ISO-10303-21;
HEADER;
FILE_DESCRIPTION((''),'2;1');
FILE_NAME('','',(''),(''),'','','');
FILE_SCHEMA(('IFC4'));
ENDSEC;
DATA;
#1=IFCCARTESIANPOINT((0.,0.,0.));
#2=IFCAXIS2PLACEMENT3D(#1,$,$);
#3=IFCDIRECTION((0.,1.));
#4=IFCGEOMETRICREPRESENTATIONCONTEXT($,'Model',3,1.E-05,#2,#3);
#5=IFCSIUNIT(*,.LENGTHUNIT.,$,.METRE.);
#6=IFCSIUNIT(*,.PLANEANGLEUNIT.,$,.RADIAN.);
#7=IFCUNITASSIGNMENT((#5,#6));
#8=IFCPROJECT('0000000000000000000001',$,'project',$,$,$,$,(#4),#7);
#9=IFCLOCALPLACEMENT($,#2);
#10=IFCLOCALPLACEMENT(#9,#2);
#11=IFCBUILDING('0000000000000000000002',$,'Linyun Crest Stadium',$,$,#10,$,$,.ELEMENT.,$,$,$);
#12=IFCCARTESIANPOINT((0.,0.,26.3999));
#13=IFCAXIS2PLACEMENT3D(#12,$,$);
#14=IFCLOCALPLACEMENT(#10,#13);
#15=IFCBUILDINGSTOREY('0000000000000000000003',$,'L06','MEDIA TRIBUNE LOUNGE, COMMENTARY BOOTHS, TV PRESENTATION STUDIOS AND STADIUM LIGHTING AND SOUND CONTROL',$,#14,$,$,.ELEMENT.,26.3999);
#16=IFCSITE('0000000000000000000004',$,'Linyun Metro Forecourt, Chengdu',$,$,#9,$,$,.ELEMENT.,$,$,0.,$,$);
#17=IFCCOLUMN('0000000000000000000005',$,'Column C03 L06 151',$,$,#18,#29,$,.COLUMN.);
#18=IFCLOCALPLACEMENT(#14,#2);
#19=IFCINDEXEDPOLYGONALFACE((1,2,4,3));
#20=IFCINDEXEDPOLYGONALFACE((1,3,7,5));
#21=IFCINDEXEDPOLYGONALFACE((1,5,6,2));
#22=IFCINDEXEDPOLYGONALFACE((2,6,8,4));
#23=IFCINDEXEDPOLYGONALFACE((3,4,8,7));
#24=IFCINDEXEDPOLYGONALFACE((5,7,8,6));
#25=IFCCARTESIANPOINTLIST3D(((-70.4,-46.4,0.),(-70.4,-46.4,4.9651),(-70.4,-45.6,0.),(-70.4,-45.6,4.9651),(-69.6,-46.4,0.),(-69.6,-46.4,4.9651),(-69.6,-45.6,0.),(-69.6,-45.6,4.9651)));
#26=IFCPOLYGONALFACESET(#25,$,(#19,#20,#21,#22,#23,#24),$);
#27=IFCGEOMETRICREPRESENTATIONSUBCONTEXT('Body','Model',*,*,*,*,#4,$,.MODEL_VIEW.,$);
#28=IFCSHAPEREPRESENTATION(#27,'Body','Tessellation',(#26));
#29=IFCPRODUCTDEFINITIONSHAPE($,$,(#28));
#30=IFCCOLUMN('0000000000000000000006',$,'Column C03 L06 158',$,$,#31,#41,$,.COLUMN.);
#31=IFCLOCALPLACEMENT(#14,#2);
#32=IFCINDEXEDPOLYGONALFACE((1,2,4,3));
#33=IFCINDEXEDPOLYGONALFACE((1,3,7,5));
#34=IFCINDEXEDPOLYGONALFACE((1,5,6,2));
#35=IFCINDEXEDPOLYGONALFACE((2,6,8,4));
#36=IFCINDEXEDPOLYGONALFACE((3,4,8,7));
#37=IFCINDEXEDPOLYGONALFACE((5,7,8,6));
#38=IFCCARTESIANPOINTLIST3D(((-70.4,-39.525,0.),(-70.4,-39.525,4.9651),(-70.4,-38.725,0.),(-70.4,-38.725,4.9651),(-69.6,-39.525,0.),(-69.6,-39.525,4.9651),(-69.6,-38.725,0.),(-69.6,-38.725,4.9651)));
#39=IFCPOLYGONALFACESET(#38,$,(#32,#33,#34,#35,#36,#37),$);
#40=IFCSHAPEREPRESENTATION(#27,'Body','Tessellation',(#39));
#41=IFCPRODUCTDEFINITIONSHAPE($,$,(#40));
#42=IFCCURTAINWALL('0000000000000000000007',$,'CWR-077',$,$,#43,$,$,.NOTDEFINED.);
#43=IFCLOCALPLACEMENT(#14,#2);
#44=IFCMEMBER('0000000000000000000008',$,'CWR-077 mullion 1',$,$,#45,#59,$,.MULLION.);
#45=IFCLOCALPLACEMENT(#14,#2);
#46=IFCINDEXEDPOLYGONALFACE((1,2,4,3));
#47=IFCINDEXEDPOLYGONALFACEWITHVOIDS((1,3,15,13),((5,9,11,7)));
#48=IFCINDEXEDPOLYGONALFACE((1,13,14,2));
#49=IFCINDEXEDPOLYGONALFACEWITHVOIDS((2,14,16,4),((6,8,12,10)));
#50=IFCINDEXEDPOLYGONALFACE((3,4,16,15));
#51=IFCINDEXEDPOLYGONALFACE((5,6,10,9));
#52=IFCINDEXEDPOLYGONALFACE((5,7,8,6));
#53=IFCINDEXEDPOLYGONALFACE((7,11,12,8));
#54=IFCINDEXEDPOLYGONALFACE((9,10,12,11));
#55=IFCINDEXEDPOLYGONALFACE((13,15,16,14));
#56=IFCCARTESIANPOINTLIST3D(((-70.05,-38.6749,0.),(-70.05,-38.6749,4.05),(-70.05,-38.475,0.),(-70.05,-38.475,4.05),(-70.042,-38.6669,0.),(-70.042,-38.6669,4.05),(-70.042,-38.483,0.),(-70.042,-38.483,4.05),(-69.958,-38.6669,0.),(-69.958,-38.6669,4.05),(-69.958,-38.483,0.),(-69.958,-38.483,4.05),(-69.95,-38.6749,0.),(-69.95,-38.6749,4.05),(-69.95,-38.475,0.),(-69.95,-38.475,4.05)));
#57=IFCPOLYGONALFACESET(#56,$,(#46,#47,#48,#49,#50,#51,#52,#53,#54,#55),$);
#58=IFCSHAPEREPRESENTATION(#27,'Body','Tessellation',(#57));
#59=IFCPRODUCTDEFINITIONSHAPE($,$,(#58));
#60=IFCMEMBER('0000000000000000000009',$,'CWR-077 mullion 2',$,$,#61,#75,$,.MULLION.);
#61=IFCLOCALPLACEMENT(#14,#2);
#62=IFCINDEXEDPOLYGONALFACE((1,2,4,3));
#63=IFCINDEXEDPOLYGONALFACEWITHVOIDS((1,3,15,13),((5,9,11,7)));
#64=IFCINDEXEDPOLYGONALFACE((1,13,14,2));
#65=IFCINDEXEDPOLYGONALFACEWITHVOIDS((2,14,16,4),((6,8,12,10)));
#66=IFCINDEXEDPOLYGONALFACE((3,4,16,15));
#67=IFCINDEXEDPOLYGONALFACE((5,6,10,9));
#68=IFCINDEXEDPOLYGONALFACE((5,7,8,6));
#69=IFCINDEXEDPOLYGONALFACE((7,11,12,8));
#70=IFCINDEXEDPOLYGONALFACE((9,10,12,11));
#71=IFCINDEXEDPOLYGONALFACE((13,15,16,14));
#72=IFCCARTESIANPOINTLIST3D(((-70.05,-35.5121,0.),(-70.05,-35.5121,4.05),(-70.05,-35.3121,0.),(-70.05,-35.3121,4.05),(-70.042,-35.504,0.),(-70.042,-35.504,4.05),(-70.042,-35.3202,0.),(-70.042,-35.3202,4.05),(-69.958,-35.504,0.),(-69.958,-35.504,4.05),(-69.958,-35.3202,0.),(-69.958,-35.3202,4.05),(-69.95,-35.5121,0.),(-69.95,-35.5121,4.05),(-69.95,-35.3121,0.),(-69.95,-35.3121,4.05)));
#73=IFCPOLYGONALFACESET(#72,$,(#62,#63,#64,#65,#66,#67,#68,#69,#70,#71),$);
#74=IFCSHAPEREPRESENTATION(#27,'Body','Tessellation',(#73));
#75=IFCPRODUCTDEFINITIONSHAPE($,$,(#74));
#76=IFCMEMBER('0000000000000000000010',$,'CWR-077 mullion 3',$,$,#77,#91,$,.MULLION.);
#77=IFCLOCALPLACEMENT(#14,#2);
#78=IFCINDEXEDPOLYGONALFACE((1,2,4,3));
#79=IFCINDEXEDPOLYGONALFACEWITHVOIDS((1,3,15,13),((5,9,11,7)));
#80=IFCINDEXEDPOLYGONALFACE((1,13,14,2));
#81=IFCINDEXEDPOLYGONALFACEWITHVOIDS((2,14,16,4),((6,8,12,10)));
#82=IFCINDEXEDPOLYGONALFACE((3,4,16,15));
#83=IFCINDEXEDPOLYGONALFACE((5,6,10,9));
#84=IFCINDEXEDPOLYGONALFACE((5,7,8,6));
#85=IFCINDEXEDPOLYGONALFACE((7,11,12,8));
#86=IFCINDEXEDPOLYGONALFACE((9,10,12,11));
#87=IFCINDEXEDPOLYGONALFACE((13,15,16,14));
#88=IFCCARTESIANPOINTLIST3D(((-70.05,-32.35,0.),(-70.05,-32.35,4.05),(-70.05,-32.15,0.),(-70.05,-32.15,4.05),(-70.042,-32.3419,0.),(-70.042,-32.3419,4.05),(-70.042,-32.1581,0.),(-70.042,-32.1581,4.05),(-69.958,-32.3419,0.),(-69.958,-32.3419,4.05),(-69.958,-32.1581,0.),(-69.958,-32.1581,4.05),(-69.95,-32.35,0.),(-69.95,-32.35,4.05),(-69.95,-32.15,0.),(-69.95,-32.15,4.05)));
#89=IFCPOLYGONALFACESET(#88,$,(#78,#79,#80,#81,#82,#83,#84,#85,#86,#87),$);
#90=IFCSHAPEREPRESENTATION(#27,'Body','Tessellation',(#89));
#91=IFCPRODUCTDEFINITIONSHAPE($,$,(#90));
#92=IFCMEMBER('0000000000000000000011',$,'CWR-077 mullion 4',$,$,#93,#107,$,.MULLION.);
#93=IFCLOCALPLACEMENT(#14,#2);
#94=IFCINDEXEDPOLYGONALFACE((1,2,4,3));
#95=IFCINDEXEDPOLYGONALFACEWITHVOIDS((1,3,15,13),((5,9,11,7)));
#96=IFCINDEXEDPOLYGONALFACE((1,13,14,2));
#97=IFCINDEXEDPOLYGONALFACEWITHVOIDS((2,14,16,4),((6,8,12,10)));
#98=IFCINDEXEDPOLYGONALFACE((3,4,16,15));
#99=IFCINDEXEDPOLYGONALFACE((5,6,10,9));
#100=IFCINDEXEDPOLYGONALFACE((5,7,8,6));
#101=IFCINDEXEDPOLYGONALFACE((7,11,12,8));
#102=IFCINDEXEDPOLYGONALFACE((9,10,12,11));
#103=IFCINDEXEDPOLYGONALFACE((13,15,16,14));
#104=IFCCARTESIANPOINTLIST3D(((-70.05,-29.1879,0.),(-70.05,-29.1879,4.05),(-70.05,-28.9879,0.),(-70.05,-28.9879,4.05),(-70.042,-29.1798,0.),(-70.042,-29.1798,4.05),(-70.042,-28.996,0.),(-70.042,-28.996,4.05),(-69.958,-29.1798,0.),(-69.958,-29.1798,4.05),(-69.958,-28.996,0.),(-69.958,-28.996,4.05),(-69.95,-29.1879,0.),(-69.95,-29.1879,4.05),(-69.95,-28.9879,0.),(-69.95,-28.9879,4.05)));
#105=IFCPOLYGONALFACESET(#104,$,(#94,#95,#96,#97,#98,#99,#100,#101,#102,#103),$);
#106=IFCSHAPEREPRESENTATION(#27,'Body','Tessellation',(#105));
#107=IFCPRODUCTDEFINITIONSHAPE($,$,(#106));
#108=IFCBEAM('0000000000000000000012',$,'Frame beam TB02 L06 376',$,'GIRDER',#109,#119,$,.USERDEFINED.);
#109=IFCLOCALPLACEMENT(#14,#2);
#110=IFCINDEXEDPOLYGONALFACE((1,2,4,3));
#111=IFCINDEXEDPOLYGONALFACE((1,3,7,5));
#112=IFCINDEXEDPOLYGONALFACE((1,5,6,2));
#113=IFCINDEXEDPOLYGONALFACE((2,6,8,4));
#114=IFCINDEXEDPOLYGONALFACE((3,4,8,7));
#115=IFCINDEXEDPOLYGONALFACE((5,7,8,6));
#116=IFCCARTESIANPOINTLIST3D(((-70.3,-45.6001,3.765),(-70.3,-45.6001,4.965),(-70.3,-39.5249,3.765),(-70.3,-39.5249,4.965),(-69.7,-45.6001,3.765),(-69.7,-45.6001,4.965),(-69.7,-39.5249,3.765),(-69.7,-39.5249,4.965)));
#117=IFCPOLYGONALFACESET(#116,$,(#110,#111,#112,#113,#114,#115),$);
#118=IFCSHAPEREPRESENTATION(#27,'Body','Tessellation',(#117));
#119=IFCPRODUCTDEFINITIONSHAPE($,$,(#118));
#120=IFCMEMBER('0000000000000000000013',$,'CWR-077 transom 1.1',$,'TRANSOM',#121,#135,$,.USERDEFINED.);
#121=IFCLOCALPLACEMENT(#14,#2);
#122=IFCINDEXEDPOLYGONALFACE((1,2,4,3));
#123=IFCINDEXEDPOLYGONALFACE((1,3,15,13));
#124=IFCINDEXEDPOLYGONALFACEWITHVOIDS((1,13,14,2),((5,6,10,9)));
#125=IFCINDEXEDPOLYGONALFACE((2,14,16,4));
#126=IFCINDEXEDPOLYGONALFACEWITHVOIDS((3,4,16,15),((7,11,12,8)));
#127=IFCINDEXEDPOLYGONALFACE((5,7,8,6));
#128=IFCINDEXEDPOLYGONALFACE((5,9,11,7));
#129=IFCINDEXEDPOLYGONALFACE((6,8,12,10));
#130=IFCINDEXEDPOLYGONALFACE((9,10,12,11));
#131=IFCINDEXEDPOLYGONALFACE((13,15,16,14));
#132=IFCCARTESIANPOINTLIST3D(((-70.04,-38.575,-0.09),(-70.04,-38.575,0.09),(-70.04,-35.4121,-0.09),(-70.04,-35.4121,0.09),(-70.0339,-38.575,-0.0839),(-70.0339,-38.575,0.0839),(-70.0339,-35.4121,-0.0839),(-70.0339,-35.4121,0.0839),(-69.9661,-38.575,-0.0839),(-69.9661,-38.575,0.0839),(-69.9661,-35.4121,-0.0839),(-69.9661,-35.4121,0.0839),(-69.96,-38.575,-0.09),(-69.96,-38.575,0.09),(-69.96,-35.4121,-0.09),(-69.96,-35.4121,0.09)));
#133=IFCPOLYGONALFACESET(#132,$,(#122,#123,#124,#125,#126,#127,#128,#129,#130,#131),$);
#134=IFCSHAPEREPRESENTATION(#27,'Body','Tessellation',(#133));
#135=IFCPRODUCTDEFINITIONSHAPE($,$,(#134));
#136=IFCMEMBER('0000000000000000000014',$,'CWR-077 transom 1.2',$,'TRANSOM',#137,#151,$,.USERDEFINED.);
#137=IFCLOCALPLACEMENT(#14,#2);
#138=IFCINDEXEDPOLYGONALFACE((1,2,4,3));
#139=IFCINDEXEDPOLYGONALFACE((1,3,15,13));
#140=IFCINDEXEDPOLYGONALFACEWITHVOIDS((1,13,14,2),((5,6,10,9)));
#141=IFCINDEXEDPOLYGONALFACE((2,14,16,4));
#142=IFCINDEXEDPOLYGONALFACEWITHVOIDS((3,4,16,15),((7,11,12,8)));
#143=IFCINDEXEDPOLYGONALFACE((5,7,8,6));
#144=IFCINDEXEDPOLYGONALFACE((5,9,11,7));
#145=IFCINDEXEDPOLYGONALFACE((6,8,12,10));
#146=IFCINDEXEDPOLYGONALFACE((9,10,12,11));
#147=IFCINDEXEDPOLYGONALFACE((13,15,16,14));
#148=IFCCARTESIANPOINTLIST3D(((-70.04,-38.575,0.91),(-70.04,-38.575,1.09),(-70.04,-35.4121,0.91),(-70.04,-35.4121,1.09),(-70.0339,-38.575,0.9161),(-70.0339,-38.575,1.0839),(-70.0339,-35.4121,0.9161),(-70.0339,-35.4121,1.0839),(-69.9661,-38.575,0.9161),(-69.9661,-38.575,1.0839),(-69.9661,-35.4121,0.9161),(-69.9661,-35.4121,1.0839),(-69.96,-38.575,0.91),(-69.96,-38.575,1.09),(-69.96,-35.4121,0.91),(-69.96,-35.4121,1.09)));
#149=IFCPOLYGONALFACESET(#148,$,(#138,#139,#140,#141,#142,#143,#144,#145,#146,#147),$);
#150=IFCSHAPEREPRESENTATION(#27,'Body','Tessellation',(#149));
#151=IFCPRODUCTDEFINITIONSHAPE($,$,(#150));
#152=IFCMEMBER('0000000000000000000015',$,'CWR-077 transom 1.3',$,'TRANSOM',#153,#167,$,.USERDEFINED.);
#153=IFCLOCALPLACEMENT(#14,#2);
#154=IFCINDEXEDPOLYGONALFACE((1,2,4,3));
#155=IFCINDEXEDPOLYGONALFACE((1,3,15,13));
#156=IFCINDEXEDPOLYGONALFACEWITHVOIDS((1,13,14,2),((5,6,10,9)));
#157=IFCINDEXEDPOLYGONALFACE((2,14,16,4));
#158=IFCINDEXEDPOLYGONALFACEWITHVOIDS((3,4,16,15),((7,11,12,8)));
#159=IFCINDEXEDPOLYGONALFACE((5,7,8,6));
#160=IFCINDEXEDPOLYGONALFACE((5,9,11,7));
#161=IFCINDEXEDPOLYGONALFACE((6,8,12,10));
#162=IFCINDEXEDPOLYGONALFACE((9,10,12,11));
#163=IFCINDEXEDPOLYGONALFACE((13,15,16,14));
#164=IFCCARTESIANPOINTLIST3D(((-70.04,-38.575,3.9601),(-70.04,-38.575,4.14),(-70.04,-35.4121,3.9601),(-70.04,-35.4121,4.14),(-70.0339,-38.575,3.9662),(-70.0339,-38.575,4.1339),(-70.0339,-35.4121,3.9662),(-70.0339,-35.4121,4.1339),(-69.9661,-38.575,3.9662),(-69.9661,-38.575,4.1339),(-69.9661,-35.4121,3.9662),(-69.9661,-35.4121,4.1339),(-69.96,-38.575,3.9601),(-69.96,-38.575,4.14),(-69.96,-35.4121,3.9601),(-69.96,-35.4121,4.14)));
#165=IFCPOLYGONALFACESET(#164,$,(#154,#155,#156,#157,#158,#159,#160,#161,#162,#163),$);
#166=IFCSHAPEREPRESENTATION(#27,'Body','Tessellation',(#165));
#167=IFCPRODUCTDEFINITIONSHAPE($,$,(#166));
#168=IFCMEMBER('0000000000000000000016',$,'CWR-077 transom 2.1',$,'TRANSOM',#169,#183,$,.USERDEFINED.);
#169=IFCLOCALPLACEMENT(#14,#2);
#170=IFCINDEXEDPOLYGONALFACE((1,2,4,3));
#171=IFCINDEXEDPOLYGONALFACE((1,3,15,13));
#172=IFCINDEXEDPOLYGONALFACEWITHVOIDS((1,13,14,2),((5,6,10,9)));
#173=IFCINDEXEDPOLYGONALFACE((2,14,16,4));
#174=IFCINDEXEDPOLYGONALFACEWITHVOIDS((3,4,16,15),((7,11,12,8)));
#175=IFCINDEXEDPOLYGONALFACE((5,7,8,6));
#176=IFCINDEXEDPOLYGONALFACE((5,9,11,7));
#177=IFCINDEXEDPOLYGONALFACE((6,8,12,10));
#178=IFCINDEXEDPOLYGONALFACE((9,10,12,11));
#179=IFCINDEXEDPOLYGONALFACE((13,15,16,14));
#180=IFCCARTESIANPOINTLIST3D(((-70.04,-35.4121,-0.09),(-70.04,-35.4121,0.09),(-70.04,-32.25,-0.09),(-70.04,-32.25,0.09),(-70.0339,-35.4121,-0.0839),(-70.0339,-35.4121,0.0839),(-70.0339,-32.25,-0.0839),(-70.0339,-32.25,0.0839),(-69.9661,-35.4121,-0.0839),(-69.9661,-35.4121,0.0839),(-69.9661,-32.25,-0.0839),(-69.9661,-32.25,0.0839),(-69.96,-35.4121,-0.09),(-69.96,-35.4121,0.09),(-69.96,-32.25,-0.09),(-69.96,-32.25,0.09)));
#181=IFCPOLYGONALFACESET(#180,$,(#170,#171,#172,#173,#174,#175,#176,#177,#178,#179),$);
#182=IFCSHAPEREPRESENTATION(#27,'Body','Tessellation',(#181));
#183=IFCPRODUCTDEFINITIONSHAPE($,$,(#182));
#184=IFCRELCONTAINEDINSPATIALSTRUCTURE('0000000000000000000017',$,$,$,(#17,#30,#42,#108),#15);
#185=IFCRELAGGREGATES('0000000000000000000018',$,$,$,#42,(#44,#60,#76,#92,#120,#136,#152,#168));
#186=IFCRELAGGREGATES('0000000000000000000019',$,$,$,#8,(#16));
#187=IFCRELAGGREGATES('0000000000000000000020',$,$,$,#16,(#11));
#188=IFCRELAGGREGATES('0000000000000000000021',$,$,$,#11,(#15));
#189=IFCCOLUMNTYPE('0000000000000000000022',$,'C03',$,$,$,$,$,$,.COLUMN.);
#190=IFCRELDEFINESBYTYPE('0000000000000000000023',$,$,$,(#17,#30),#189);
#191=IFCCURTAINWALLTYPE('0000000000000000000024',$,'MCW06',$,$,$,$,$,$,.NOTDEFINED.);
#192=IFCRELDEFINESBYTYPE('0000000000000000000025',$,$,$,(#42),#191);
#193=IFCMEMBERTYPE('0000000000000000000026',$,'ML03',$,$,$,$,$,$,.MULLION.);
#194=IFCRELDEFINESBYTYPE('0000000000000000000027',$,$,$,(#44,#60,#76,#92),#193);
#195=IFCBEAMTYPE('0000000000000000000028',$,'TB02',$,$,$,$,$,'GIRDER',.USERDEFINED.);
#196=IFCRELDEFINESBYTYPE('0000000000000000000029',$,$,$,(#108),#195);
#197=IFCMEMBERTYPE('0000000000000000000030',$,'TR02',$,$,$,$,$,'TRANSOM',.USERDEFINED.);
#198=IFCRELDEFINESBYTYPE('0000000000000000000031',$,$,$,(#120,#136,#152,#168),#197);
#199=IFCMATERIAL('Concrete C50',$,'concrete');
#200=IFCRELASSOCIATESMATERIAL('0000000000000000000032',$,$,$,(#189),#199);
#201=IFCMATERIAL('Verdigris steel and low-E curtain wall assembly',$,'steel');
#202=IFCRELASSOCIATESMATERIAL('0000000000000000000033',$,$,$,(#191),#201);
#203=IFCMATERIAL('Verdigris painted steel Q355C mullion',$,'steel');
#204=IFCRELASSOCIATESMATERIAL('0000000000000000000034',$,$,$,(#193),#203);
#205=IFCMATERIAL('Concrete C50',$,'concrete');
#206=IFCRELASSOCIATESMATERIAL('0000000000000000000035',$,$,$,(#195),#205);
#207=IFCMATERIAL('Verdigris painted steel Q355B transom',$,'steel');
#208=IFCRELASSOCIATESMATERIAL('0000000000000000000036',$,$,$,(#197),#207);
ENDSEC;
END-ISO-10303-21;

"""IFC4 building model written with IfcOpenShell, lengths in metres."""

from ifc_helpers import new_model, si_unit, direction, frame, origin, origin_2d, place, context, subcontext, project, spatial, rectangle, hollow_rectangle, extrude, material, material_profile, profile_set, type_object, element, aggregate, save


model = new_model("IFC4")

# Units and contexts
model_context = context("Model", 3, precision=1e-05, world=origin(), true_north=direction((0.0, 1.0)))
body_context = subcontext(model_context, "Body", "Model", "MODEL_VIEW")
ifc_project = project(units=[si_unit("LENGTHUNIT", "METRE"), si_unit("PLANEANGLEUNIT", "RADIAN")], contexts=[model_context])

# Site, building, storey
site_placement = place(None, origin())
site = spatial("IfcSite", under=ifc_project, at=site_placement, Name="Linyun Metro Forecourt, Chengdu", CompositionType="ELEMENT", RefElevation=0.0)
building_placement = place(site_placement, origin())
building = spatial("IfcBuilding", under=site, at=building_placement, Name="Linyun Crest Stadium", CompositionType="ELEMENT")
storey_placement = place(building_placement, frame((0.0, 0.0, 26.3999)))
storey = spatial("IfcBuildingStorey", under=building, at=storey_placement, Name="L06", Description="MEDIA TRIBUNE LOUNGE, COMMENTARY BOOTHS, TV PRESENTATION STUDIOS AND STADIUM LIGHTING AND SOUND CONTROL", CompositionType="ELEMENT", Elevation=26.3999)

# Columns
ifc_material_1 = material(Name="Concrete C50", Category="concrete")
ifc_material_profile_1 = material_profile(ifc_material_1, rectangle(XDim=0.8, YDim=0.8, at=origin_2d()), Name="RC 800x800")
ifc_profile_set_1 = profile_set([ifc_material_profile_1], Name="Concrete C50")
column_type = type_object("IfcColumnType", Name="C03", PredefinedType="COLUMN", material=ifc_profile_set_1)
for number, where, z_axis, x_axis, name in (
    (1, (-70.0, -46.0, 0.0), (0.0, 0.0, 1.0), (1.0, 0.0, 0.0), "Column C03 L06 151"),
    (2, (-70.0, -39.125, 0.0), (0.0, 0.0, 1.0), (1.0, 0.0, 0.0), "Column C03 L06 158"),
):
    element("IfcColumn", number, at=place(storey_placement, frame(where, z_axis=z_axis, x_axis=x_axis)), inside=storey, type_object=column_type, Name=name, PredefinedType="COLUMN", context=body_context, shape_type="SweptSolid", body=[
        extrude(rectangle(XDim=0.8, YDim=0.8, at=origin_2d()), origin(), (0.0, 0.0, 1.0), 4.9651),
    ])

# Curtain wall, members
ifc_material_2 = material(Name="Verdigris steel and low-E curtain wall assembly", Category="steel")
curtain_wall_type = type_object("IfcCurtainWallType", Name="MCW06", PredefinedType="NOTDEFINED", material=ifc_material_2)
curtain_wall_placement = place(storey_placement, origin())
curtain_wall = element("IfcCurtainWall", 3, at=curtain_wall_placement, inside=storey, type_object=curtain_wall_type, Name="CWR-077", PredefinedType="NOTDEFINED")
ifc_material_3 = material(Name="Verdigris painted steel Q355C mullion", Category="steel")
ifc_material_profile_2 = material_profile(ifc_material_3, hollow_rectangle(XDim=0.1001, YDim=0.2, WallThickness=0.0081, at=origin_2d()), Name="RHS 200x100x8")
ifc_profile_set_2 = profile_set([ifc_material_profile_2], Name="Verdigris painted steel Q355C mullion")
member_type_1 = type_object("IfcMemberType", Name="ML03", PredefinedType="MULLION", material=ifc_profile_set_2)
member_1_placement = place(storey_placement, frame((-70.0, -38.575, 0.0), z_axis=(0.0, 0.0, 1.0), x_axis=(-1.0, 0.0, 0.0)))
member_1 = element("IfcMember", 4, at=member_1_placement, type_object=member_type_1, Name="CWR-077 mullion 1", PredefinedType="MULLION", context=body_context, shape_type="SweptSolid", body=[
    extrude(hollow_rectangle(XDim=0.1001, YDim=0.2, WallThickness=0.0081, at=origin_2d()), origin(), (0.0, 0.0, 1.0), 4.05),
])
member_2_placement = place(storey_placement, frame((-70.0, -35.4121, 0.0), z_axis=(0.0, 0.0, 1.0), x_axis=(-1.0, 0.0, 0.0)))
member_2 = element("IfcMember", 5, at=member_2_placement, type_object=member_type_1, Name="CWR-077 mullion 2", PredefinedType="MULLION", context=body_context, shape_type="SweptSolid", body=[
    extrude(hollow_rectangle(XDim=0.1001, YDim=0.2, WallThickness=0.0081, at=origin_2d()), origin(), (0.0, 0.0, 1.0), 4.05),
])
member_3_placement = place(storey_placement, frame((-70.0, -32.25, 0.0), z_axis=(0.0, 0.0, 1.0), x_axis=(-1.0, 0.0, 0.0)))
member_3 = element("IfcMember", 6, at=member_3_placement, type_object=member_type_1, Name="CWR-077 mullion 3", PredefinedType="MULLION", context=body_context, shape_type="SweptSolid", body=[
    extrude(hollow_rectangle(XDim=0.1001, YDim=0.2, WallThickness=0.0081, at=origin_2d()), origin(), (0.0, 0.0, 1.0), 4.05),
])
member_4_placement = place(storey_placement, frame((-70.0, -29.0879, 0.0), z_axis=(0.0, 0.0, 1.0), x_axis=(-1.0, 0.0, 0.0)))
member_4 = element("IfcMember", 7, at=member_4_placement, type_object=member_type_1, Name="CWR-077 mullion 4", PredefinedType="MULLION", context=body_context, shape_type="SweptSolid", body=[
    extrude(hollow_rectangle(XDim=0.1001, YDim=0.2, WallThickness=0.0081, at=origin_2d()), origin(), (0.0, 0.0, 1.0), 4.05),
])

# Beam
ifc_material_4 = material(Name="Concrete C50", Category="concrete")
ifc_material_profile_3 = material_profile(ifc_material_4, rectangle(XDim=0.6001, YDim=1.2, at=origin_2d()), Name="RCB 1200x600")
ifc_profile_set_3 = profile_set([ifc_material_profile_3], Name="Concrete C50")
beam_type = type_object("IfcBeamType", Name="TB02", ElementType="GIRDER", PredefinedType="USERDEFINED", material=ifc_profile_set_3)
beam_placement = place(storey_placement, frame((-70.0, -45.6001, 4.365), z_axis=(0.0, 1.0, 0.0), x_axis=(-1.0, 0.0, 0.0)))
element("IfcBeam", 8, at=beam_placement, inside=storey, type_object=beam_type, Name="Frame beam TB02 L06 376", ObjectType="GIRDER", PredefinedType="USERDEFINED", context=body_context, shape_type="SweptSolid", body=[
    extrude(rectangle(XDim=0.6001, YDim=1.2, at=origin_2d()), origin(), (0.0, 0.0, 1.0), 6.0752),
])

# Members
ifc_material_5 = material(Name="Verdigris painted steel Q355B transom", Category="steel")
ifc_material_profile_4 = material_profile(ifc_material_5, hollow_rectangle(XDim=0.0801, YDim=0.1799, WallThickness=0.0061, at=origin_2d()), Name="RHS 180x80x6")
ifc_profile_set_4 = profile_set([ifc_material_profile_4], Name="Verdigris painted steel Q355B transom")
member_type_2 = type_object("IfcMemberType", Name="TR02", ElementType="TRANSOM", PredefinedType="USERDEFINED", material=ifc_profile_set_4)
member_5_placement = place(storey_placement, frame((-70.0, -38.575, 0.0), z_axis=(0.0, 1.0, 0.0), x_axis=(-1.0, 0.0, 0.0)))
member_5 = element("IfcMember", 9, at=member_5_placement, type_object=member_type_2, Name="CWR-077 transom 1.1", ObjectType="TRANSOM", PredefinedType="USERDEFINED", context=body_context, shape_type="SweptSolid", body=[
    extrude(hollow_rectangle(XDim=0.0801, YDim=0.1799, WallThickness=0.0061, at=origin_2d()), origin(), (0.0, 0.0, 1.0), 3.1628),
])
member_6_placement = place(storey_placement, frame((-70.0, -38.575, 1.0), z_axis=(0.0, 1.0, 0.0), x_axis=(-1.0, 0.0, 0.0)))
member_6 = element("IfcMember", 10, at=member_6_placement, type_object=member_type_2, Name="CWR-077 transom 1.2", ObjectType="TRANSOM", PredefinedType="USERDEFINED", context=body_context, shape_type="SweptSolid", body=[
    extrude(hollow_rectangle(XDim=0.0801, YDim=0.1799, WallThickness=0.0061, at=origin_2d()), origin(), (0.0, 0.0, 1.0), 3.1628),
])
member_7_placement = place(storey_placement, frame((-70.0, -38.575, 4.05), z_axis=(0.0, 1.0, 0.0), x_axis=(-1.0, 0.0, 0.0)))
member_7 = element("IfcMember", 11, at=member_7_placement, type_object=member_type_2, Name="CWR-077 transom 1.3", ObjectType="TRANSOM", PredefinedType="USERDEFINED", context=body_context, shape_type="SweptSolid", body=[
    extrude(hollow_rectangle(XDim=0.0801, YDim=0.1799, WallThickness=0.0061, at=origin_2d()), origin(), (0.0, 0.0, 1.0), 3.1628),
])
member_8_placement = place(storey_placement, frame((-70.0, -35.4121, 0.0), z_axis=(0.0, 1.0, 0.0), x_axis=(-1.0, 0.0, 0.0)))
member_8 = element("IfcMember", 12, at=member_8_placement, type_object=member_type_2, Name="CWR-077 transom 2.1", ObjectType="TRANSOM", PredefinedType="USERDEFINED", context=body_context, shape_type="SweptSolid", body=[
    extrude(hollow_rectangle(XDim=0.0801, YDim=0.1799, WallThickness=0.0061, at=origin_2d()), origin(), (0.0, 0.0, 1.0), 3.1621),
])

aggregate(curtain_wall, [member_1, member_2, member_3, member_4, member_5, member_6, member_7, member_8])

save(model, "model.ifc")
